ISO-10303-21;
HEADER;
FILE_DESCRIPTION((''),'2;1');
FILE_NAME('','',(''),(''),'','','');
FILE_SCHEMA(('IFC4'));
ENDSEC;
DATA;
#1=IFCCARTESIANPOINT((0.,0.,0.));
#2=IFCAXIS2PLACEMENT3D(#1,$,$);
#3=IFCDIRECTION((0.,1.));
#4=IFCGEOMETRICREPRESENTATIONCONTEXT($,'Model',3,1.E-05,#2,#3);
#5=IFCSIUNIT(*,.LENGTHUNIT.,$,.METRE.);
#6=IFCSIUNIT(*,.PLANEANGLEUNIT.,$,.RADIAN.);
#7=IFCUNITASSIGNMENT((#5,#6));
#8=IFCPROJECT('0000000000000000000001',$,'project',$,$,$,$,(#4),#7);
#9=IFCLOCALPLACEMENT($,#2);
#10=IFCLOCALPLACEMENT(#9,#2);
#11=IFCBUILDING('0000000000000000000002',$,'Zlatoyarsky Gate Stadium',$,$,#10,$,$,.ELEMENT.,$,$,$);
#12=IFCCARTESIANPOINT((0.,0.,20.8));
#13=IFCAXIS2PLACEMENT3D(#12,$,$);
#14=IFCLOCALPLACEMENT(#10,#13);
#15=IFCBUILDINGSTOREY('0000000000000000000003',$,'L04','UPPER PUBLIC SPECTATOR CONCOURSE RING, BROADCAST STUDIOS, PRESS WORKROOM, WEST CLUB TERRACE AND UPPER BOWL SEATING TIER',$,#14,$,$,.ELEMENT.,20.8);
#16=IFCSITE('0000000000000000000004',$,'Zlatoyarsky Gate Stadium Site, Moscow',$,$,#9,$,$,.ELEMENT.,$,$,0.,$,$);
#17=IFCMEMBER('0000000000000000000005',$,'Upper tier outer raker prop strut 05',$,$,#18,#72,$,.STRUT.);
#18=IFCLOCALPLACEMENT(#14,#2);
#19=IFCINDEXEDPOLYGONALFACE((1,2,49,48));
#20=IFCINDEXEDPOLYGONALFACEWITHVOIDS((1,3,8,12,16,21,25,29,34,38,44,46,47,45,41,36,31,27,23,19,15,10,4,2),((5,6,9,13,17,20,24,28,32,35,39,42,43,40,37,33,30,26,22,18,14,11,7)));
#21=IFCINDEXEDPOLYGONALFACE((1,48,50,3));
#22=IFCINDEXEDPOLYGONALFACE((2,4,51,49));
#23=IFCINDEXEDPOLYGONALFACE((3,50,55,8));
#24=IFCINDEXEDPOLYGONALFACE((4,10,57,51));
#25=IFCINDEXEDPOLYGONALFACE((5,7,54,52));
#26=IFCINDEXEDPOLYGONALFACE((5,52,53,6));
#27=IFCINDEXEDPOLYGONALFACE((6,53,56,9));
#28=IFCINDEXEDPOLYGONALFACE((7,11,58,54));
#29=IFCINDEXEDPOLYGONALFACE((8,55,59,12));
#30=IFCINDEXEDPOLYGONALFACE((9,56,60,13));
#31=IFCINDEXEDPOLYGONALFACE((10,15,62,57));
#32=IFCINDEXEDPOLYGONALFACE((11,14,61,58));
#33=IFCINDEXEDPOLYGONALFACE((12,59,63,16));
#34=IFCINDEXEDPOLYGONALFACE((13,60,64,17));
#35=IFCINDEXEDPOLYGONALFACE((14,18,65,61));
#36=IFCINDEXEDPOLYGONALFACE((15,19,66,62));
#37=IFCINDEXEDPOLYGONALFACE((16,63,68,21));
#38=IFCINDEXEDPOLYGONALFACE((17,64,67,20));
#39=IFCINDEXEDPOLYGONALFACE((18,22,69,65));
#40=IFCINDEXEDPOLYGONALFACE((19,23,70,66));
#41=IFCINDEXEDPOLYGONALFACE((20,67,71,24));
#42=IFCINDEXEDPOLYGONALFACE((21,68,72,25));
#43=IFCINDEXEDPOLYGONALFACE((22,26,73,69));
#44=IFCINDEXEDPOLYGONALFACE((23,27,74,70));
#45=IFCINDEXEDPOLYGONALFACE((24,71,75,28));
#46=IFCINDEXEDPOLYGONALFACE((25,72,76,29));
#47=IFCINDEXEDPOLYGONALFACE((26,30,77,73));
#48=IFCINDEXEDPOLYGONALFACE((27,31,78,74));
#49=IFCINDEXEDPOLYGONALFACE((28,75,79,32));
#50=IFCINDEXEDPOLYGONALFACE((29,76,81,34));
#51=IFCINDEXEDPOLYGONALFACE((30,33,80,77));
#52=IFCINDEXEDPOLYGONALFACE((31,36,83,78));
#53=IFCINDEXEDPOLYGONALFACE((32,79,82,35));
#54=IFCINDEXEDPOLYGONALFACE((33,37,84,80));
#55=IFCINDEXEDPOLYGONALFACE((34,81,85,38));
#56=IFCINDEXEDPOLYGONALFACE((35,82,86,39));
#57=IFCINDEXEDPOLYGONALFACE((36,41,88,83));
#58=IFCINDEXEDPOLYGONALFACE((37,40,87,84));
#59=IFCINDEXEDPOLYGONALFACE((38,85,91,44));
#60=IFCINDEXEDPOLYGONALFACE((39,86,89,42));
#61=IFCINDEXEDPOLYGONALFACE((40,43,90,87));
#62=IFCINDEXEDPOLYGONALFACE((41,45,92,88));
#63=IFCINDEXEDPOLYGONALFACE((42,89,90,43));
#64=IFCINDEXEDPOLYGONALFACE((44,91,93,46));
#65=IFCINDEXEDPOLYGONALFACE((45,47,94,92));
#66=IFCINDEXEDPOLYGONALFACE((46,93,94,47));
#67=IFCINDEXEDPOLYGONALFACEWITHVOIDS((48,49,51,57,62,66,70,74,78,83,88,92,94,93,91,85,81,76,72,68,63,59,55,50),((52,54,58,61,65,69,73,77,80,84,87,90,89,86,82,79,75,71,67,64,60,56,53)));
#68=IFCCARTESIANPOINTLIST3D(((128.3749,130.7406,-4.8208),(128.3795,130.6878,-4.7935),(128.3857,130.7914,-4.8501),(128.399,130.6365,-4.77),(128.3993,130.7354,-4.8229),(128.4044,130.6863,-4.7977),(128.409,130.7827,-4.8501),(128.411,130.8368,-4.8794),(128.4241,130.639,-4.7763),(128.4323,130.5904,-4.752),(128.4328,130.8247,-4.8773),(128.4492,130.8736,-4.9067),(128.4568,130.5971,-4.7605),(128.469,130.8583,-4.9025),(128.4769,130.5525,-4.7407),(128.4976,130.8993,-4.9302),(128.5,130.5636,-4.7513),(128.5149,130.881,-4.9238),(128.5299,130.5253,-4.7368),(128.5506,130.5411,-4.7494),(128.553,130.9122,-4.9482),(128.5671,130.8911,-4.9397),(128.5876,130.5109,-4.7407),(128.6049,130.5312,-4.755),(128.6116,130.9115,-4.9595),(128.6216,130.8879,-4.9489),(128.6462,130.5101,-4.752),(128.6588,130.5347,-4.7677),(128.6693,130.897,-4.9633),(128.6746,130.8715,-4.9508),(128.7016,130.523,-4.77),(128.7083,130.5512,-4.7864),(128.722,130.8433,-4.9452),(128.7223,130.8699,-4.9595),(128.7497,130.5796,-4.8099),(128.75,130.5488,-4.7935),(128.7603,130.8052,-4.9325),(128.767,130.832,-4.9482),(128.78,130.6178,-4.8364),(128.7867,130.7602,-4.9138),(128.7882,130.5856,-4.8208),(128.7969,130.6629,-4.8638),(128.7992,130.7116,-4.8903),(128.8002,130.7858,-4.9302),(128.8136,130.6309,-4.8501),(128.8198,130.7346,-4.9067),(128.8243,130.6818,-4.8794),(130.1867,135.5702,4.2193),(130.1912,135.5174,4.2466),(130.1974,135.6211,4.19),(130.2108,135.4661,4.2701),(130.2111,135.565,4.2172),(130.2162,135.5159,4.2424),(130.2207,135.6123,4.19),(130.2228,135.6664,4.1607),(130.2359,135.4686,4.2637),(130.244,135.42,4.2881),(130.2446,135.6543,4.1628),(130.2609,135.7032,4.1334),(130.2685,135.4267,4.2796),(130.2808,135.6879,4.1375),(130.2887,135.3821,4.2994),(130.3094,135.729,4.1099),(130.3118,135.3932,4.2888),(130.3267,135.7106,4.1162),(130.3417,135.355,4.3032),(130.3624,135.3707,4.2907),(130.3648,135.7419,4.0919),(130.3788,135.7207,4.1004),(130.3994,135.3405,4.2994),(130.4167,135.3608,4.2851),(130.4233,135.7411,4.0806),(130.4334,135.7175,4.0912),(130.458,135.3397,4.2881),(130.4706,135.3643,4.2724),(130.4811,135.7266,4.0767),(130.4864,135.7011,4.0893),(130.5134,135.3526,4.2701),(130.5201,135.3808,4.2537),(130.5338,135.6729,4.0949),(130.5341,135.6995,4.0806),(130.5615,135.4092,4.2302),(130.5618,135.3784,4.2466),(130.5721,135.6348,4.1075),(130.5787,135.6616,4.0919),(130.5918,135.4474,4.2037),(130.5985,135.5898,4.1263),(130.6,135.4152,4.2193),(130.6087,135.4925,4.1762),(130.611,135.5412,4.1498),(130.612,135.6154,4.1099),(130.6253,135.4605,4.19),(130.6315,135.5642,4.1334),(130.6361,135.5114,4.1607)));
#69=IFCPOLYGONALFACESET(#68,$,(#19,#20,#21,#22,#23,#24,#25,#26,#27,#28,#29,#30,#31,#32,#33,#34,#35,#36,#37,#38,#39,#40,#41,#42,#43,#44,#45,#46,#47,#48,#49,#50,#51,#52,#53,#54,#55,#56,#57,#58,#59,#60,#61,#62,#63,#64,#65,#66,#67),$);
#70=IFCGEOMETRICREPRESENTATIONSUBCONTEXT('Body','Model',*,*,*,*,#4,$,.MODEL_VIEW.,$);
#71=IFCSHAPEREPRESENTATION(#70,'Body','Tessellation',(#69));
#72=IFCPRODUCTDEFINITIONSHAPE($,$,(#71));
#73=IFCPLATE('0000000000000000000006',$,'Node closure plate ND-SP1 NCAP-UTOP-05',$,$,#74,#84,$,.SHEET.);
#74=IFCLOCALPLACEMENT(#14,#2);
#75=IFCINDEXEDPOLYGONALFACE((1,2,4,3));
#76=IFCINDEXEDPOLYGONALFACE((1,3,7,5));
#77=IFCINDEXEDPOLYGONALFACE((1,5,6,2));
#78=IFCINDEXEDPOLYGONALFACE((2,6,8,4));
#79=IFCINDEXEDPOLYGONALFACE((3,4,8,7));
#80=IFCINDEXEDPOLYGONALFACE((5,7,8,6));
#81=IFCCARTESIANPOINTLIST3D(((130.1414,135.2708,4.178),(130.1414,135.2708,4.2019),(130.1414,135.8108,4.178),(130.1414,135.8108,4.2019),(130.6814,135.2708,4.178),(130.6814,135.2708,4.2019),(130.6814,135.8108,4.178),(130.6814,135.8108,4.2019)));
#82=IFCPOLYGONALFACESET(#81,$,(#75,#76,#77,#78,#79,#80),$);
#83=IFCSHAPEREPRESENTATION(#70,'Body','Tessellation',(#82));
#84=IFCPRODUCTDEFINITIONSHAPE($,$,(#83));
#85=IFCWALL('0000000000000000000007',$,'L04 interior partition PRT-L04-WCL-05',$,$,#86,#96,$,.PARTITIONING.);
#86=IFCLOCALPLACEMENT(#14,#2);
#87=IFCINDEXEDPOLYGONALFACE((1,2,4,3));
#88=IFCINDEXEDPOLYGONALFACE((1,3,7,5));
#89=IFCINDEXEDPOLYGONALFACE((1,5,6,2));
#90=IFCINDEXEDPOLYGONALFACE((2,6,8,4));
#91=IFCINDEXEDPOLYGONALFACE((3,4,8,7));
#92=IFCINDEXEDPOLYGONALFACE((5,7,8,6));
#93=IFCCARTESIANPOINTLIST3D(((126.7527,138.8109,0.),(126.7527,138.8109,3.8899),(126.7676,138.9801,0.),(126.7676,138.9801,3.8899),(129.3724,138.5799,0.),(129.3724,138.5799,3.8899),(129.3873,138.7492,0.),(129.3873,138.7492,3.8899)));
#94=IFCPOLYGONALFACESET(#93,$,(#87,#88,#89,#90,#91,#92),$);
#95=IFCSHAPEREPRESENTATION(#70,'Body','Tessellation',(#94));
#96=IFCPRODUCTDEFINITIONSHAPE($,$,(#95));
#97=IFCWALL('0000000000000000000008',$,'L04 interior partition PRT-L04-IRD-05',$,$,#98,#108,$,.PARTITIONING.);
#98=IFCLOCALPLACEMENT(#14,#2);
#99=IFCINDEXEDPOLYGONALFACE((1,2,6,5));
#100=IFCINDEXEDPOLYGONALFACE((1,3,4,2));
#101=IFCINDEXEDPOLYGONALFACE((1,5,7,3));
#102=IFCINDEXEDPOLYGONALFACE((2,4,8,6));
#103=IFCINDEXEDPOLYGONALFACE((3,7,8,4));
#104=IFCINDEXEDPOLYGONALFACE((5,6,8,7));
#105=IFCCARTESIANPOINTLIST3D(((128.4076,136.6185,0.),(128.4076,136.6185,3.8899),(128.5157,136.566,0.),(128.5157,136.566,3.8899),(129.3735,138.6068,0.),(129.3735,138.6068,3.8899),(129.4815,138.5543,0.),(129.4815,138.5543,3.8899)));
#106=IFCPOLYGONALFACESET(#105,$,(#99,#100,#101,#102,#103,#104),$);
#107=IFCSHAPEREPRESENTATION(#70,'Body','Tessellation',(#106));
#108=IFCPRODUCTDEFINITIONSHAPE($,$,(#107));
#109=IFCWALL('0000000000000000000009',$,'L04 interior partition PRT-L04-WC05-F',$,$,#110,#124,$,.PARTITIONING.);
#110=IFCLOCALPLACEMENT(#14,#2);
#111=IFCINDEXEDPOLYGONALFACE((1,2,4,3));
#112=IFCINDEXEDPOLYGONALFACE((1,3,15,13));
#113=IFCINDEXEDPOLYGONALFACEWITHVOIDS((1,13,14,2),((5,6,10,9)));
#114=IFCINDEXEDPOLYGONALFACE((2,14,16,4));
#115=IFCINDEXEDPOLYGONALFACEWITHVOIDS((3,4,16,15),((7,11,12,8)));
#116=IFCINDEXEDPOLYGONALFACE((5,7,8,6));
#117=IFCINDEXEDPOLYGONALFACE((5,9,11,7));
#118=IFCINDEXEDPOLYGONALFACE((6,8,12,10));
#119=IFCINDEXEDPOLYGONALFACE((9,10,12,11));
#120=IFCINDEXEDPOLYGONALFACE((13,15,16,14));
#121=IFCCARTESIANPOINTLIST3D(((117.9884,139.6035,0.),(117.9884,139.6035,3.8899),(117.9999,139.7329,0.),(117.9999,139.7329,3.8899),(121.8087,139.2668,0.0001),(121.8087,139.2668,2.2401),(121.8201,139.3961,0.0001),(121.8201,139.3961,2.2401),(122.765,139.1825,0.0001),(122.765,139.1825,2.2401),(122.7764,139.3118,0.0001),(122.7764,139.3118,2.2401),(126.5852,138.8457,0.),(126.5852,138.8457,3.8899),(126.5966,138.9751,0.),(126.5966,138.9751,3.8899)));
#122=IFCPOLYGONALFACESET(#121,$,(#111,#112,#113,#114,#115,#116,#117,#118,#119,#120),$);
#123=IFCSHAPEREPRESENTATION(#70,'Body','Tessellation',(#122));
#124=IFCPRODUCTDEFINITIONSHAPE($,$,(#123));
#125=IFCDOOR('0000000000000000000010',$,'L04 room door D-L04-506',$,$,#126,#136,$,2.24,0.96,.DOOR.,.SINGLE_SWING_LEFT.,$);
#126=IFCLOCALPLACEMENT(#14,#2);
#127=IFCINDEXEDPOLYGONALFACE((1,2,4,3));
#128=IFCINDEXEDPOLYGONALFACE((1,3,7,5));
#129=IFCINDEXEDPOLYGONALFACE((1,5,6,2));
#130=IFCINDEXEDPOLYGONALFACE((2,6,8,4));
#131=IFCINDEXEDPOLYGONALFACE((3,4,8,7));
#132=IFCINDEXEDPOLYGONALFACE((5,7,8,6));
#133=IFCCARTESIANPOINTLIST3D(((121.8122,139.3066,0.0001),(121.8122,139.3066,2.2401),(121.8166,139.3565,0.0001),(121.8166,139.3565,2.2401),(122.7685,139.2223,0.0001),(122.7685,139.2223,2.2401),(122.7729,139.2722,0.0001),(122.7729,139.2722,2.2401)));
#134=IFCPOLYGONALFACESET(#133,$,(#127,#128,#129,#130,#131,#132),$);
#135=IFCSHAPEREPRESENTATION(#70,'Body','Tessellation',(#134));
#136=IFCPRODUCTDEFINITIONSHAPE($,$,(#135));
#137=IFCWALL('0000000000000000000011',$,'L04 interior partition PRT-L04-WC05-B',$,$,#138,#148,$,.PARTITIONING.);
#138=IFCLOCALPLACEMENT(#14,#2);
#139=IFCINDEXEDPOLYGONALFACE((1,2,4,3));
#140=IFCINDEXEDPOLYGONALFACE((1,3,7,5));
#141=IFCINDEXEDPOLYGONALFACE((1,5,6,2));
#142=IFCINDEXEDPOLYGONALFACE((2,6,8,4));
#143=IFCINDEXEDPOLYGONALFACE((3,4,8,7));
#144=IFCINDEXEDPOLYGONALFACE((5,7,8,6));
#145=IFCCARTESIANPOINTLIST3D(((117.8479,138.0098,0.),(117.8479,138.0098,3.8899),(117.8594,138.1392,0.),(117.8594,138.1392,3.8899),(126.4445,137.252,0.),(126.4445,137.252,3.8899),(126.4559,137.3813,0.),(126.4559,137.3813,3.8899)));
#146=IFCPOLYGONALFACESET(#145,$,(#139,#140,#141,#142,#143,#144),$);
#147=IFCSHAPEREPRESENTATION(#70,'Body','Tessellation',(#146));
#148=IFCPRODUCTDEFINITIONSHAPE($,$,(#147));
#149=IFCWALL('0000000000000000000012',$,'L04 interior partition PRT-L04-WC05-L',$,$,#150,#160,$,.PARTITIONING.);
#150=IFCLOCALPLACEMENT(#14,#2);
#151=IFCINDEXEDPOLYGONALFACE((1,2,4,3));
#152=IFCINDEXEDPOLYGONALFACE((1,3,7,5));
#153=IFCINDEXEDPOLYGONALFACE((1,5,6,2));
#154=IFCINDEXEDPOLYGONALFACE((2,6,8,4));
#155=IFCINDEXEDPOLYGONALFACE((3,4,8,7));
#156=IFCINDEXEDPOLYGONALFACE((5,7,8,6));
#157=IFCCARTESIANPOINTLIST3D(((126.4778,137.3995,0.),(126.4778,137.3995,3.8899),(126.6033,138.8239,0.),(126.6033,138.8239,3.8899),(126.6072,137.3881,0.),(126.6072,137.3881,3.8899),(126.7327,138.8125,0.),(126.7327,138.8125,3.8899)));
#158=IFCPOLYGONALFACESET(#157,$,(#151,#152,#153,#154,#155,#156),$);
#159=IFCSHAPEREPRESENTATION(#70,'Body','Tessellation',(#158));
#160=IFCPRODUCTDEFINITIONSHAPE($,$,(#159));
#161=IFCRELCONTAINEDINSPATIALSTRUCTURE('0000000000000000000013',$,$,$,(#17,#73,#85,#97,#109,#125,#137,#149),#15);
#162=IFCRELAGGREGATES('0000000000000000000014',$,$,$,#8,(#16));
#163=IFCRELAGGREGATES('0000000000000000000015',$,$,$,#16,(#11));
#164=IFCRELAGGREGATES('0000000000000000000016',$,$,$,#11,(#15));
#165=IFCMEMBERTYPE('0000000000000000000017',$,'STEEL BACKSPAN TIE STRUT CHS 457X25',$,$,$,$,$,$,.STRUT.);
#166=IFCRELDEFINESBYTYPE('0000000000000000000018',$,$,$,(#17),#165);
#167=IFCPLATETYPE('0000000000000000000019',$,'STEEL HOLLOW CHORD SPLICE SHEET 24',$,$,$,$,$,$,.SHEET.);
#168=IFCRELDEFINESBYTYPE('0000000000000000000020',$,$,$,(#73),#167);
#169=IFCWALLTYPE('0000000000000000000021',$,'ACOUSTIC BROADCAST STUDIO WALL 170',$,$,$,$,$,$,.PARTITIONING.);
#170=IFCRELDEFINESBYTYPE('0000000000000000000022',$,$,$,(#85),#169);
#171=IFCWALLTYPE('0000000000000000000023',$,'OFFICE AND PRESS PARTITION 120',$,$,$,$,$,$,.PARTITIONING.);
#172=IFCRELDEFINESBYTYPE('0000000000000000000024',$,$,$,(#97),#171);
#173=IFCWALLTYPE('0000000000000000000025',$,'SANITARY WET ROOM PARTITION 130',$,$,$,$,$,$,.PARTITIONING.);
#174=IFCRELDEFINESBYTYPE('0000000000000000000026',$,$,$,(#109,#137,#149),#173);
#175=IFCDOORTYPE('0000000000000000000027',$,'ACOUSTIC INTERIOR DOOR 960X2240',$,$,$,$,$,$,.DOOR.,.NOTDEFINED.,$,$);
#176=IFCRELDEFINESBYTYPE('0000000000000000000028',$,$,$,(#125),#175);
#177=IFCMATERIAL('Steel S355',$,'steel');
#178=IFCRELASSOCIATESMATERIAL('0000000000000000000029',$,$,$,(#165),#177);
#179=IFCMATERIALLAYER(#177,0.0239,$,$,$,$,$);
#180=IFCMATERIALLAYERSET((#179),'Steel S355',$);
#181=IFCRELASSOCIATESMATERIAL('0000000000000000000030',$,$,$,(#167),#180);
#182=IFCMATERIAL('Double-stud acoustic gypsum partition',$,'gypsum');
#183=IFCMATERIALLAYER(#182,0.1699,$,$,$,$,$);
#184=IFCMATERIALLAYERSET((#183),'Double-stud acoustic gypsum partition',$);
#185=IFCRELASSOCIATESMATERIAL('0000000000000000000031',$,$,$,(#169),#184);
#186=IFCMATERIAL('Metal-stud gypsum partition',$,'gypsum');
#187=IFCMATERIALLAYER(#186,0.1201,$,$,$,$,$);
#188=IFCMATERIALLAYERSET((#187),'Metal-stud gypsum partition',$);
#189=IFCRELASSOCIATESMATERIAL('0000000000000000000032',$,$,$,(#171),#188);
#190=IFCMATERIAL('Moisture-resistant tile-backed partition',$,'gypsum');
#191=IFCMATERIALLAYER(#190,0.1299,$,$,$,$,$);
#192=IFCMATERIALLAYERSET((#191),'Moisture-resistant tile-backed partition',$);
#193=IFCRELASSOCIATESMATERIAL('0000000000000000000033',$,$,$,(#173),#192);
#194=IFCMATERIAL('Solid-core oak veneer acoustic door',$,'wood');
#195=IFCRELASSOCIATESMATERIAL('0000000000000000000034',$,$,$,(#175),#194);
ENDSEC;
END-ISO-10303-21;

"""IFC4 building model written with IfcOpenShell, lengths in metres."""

from ifc_helpers import new_model, si_unit, direction, frame, frame_2d, origin, origin_2d, place, context, subcontext, project, spatial, rectangle, hollow_circle, extrude, material, layer, layer_set, material_profile, profile_set, type_object, element, fill, save


model = new_model("IFC4")

# Units and contexts
model_context = context("Model", 3, precision=1e-05, world=origin(), true_north=direction((0.0, 1.0)))
body_context = subcontext(model_context, "Body", "Model", "MODEL_VIEW")
ifc_project = project(units=[si_unit("LENGTHUNIT", "METRE"), si_unit("PLANEANGLEUNIT", "RADIAN")], contexts=[model_context])

# Site, building, storey
site_placement = place(None, origin())
site = spatial("IfcSite", under=ifc_project, at=site_placement, Name="Zlatoyarsky Gate Stadium Site, Moscow", CompositionType="ELEMENT", RefElevation=0.0)
building_placement = place(site_placement, origin())
building = spatial("IfcBuilding", under=site, at=building_placement, Name="Zlatoyarsky Gate Stadium", CompositionType="ELEMENT")
storey_placement = place(building_placement, frame((0.0, 0.0, 20.8)))
storey = spatial("IfcBuildingStorey", under=building, at=storey_placement, Name="L04", Description="UPPER PUBLIC SPECTATOR CONCOURSE RING, BROADCAST STUDIOS, PRESS WORKROOM, WEST CLUB TERRACE AND UPPER BOWL SEATING TIER", CompositionType="ELEMENT", Elevation=20.8)

# Shared definitions
ifc_material_1 = material(Name="Steel S355", Category="steel")

# Member
ifc_material_profile_1 = material_profile(ifc_material_1, hollow_circle(Radius=0.2285, WallThickness=0.0249, at=origin_2d()), Name="CHS 457X25")
ifc_profile_set_1 = profile_set([ifc_material_profile_1], Name="Steel S355")
member_type = type_object("IfcMemberType", Name="STEEL BACKSPAN TIE STRUT CHS 457X25", PredefinedType="STRUT", material=ifc_profile_set_1)
member_placement = place(storey_placement, frame((128.5996, 130.7112, -4.8501), z_axis=(0.174072, 0.46402, 0.868553), x_axis=(-0.936286, 0.351238, 0.0)))
element("IfcMember", 1, at=member_placement, inside=storey, type_object=member_type, Name="Upper tier outer raker prop strut 05", PredefinedType="STRUT", context=body_context, shape_type="SweptSolid", body=[
    extrude(hollow_circle(Radius=0.2285, WallThickness=0.0249, at=origin_2d()), origin(), (0.0, 0.0, 1.0), 10.4082),
])

# Plate
ifc_layer_1 = layer(ifc_material_1, 0.0239)
ifc_layer_set_1 = layer_set([ifc_layer_1], Name="Steel S355")
plate_type = type_object("IfcPlateType", Name="STEEL HOLLOW CHORD SPLICE SHEET 24", PredefinedType="SHEET", material=ifc_layer_set_1)
plate_placement = place(storey_placement, frame((130.4114, 135.5408, 4.178), z_axis=(0.0, 0.0, 1.0), x_axis=(1.0, 0.0, 0.0)))
element("IfcPlate", 2, at=plate_placement, inside=storey, type_object=plate_type, Name="Node closure plate ND-SP1 NCAP-UTOP-05", PredefinedType="SHEET", context=body_context, shape_type="SweptSolid", body=[
    extrude(rectangle(XDim=0.54, YDim=0.54, at=origin_2d()), origin(), (0.0, 0.0, 1.0), 0.0239),
])

# Walls
ifc_material_2 = material(Name="Double-stud acoustic gypsum partition", Category="gypsum")
ifc_layer_2 = layer(ifc_material_2, 0.1699)
ifc_layer_set_2 = layer_set([ifc_layer_2], Name="Double-stud acoustic gypsum partition")
wall_type_1 = type_object("IfcWallType", Name="ACOUSTIC BROADCAST STUDIO WALL 170", PredefinedType="PARTITIONING", material=ifc_layer_set_2)
wall_1_placement = place(storey_placement, frame((129.3799, 138.6646, 0.0), z_axis=(0.0, 0.0, 1.0), x_axis=(-0.996136, 0.087823, 0.0)))
element("IfcWall", 3, at=wall_1_placement, inside=storey, type_object=wall_type_1, Name="L04 interior partition PRT-L04-WCL-05", PredefinedType="PARTITIONING", context=body_context, shape_type="SweptSolid", body=[
    extrude(rectangle(XDim=2.6299, YDim=0.1699, at=frame_2d((1.3149, 0.0))), origin(), (0.0, 0.0, 1.0), 3.8899),
])
ifc_material_3 = material(Name="Metal-stud gypsum partition", Category="gypsum")
ifc_layer_3 = layer(ifc_material_3, 0.1201)
ifc_layer_set_3 = layer_set([ifc_layer_3], Name="Metal-stud gypsum partition")
wall_type_2 = type_object("IfcWallType", Name="OFFICE AND PRESS PARTITION 120", PredefinedType="PARTITIONING", material=ifc_layer_set_3)
wall_2_placement = place(storey_placement, frame((128.4617, 136.5923, 0.0), z_axis=(0.0, 0.0, 1.0), x_axis=(0.436935, 0.899493, 0.0)))
element("IfcWall", 4, at=wall_2_placement, inside=storey, type_object=wall_type_2, Name="L04 interior partition PRT-L04-IRD-05", PredefinedType="PARTITIONING", context=body_context, shape_type="SweptSolid", body=[
    extrude(rectangle(XDim=2.2104, YDim=0.1201, at=frame_2d((1.1052, 0.0))), origin(), (0.0, 0.0, 1.0), 3.8899),
])

# Wall, opening, door
ifc_material_4 = material(Name="Moisture-resistant tile-backed partition", Category="gypsum")
ifc_layer_4 = layer(ifc_material_4, 0.1299)
ifc_layer_set_4 = layer_set([ifc_layer_4], Name="Moisture-resistant tile-backed partition")
wall_type_3 = type_object("IfcWallType", Name="SANITARY WET ROOM PARTITION 130", PredefinedType="PARTITIONING", material=ifc_layer_set_4)
wall_3_placement = place(storey_placement, frame((126.5908, 138.9104, 0.0), z_axis=(0.0, 0.0, 1.0), x_axis=(-0.996137, 0.087811, 0.0)))
wall_3 = element("IfcWall", 5, at=wall_3_placement, inside=storey, type_object=wall_type_3, Name="L04 interior partition PRT-L04-WC05-F", PredefinedType="PARTITIONING", context=body_context, shape_type="SweptSolid", body=[
    extrude(rectangle(XDim=8.6301, YDim=0.1299, at=frame_2d((4.3149, 0.0))), origin(), (0.0, 0.0, 1.0), 3.8899),
])
opening_placement = place(wall_3_placement, frame((3.835, 0.0, 0.0)))
opening = element("IfcOpeningElement", 6, at=opening_placement, cuts=wall_3, PredefinedType="OPENING", context=body_context, shape_type="SweptSolid", body=[
    extrude(rectangle(XDim=0.96, YDim=2.24, at=frame_2d((0.48, 1.1201))), frame((0.0, 0.075, 0.0), z_axis=(0.0, -1.0, 0.0), x_axis=(1.0, 0.0, 0.0)), (0.0, 0.0, 1.0), 0.1499),
])
ifc_material_5 = material(Name="Solid-core oak veneer acoustic door", Category="wood")
door_type = type_object("IfcDoorType", Name="ACOUSTIC INTERIOR DOOR 960X2240", OperationType="NOTDEFINED", PredefinedType="DOOR", material=ifc_material_5)
door_placement = place(opening_placement, origin())
door = element("IfcDoor", 7, at=door_placement, inside=storey, type_object=door_type, Name="L04 room door D-L04-506", OperationType="SINGLE_SWING_LEFT", OverallHeight=2.24, OverallWidth=0.96, PredefinedType="DOOR", context=body_context, shape_type="SweptSolid", body=[
    extrude(rectangle(XDim=0.96, YDim=2.24, at=frame_2d((0.48, 1.1201))), frame((0.0, 0.0249, 0.0), z_axis=(0.0, -1.0, 0.0), x_axis=(1.0, 0.0, 0.0)), (0.0, 0.0, 1.0), 0.05),
])
fill(opening, door)

# Walls
wall_4_placement = place(storey_placement, frame((126.4502, 137.3167, 0.0), z_axis=(0.0, 0.0, 1.0), x_axis=(-0.996137, 0.087814, 0.0)))
element("IfcWall", 8, at=wall_4_placement, inside=storey, type_object=wall_type_3, Name="L04 interior partition PRT-L04-WC05-B", PredefinedType="PARTITIONING", context=body_context, shape_type="SweptSolid", body=[
    extrude(rectangle(XDim=8.6299, YDim=0.1299, at=frame_2d((4.3149, 0.0))), origin(), (0.0, 0.0, 1.0), 3.8899),
])
wall_5_placement = place(storey_placement, frame((126.668, 138.8181, 0.0), z_axis=(0.0, 0.0, 1.0), x_axis=(-0.087764, -0.996141, 0.0)))
element("IfcWall", 9, at=wall_5_placement, inside=storey, type_object=wall_type_3, Name="L04 interior partition PRT-L04-WC05-L", PredefinedType="PARTITIONING", context=body_context, shape_type="SweptSolid", body=[
    extrude(rectangle(XDim=1.4299, YDim=0.1299, at=frame_2d((0.7148, 0.0))), origin(), (0.0, 0.0, 1.0), 3.8899),
])

save(model, "model.ifc")
